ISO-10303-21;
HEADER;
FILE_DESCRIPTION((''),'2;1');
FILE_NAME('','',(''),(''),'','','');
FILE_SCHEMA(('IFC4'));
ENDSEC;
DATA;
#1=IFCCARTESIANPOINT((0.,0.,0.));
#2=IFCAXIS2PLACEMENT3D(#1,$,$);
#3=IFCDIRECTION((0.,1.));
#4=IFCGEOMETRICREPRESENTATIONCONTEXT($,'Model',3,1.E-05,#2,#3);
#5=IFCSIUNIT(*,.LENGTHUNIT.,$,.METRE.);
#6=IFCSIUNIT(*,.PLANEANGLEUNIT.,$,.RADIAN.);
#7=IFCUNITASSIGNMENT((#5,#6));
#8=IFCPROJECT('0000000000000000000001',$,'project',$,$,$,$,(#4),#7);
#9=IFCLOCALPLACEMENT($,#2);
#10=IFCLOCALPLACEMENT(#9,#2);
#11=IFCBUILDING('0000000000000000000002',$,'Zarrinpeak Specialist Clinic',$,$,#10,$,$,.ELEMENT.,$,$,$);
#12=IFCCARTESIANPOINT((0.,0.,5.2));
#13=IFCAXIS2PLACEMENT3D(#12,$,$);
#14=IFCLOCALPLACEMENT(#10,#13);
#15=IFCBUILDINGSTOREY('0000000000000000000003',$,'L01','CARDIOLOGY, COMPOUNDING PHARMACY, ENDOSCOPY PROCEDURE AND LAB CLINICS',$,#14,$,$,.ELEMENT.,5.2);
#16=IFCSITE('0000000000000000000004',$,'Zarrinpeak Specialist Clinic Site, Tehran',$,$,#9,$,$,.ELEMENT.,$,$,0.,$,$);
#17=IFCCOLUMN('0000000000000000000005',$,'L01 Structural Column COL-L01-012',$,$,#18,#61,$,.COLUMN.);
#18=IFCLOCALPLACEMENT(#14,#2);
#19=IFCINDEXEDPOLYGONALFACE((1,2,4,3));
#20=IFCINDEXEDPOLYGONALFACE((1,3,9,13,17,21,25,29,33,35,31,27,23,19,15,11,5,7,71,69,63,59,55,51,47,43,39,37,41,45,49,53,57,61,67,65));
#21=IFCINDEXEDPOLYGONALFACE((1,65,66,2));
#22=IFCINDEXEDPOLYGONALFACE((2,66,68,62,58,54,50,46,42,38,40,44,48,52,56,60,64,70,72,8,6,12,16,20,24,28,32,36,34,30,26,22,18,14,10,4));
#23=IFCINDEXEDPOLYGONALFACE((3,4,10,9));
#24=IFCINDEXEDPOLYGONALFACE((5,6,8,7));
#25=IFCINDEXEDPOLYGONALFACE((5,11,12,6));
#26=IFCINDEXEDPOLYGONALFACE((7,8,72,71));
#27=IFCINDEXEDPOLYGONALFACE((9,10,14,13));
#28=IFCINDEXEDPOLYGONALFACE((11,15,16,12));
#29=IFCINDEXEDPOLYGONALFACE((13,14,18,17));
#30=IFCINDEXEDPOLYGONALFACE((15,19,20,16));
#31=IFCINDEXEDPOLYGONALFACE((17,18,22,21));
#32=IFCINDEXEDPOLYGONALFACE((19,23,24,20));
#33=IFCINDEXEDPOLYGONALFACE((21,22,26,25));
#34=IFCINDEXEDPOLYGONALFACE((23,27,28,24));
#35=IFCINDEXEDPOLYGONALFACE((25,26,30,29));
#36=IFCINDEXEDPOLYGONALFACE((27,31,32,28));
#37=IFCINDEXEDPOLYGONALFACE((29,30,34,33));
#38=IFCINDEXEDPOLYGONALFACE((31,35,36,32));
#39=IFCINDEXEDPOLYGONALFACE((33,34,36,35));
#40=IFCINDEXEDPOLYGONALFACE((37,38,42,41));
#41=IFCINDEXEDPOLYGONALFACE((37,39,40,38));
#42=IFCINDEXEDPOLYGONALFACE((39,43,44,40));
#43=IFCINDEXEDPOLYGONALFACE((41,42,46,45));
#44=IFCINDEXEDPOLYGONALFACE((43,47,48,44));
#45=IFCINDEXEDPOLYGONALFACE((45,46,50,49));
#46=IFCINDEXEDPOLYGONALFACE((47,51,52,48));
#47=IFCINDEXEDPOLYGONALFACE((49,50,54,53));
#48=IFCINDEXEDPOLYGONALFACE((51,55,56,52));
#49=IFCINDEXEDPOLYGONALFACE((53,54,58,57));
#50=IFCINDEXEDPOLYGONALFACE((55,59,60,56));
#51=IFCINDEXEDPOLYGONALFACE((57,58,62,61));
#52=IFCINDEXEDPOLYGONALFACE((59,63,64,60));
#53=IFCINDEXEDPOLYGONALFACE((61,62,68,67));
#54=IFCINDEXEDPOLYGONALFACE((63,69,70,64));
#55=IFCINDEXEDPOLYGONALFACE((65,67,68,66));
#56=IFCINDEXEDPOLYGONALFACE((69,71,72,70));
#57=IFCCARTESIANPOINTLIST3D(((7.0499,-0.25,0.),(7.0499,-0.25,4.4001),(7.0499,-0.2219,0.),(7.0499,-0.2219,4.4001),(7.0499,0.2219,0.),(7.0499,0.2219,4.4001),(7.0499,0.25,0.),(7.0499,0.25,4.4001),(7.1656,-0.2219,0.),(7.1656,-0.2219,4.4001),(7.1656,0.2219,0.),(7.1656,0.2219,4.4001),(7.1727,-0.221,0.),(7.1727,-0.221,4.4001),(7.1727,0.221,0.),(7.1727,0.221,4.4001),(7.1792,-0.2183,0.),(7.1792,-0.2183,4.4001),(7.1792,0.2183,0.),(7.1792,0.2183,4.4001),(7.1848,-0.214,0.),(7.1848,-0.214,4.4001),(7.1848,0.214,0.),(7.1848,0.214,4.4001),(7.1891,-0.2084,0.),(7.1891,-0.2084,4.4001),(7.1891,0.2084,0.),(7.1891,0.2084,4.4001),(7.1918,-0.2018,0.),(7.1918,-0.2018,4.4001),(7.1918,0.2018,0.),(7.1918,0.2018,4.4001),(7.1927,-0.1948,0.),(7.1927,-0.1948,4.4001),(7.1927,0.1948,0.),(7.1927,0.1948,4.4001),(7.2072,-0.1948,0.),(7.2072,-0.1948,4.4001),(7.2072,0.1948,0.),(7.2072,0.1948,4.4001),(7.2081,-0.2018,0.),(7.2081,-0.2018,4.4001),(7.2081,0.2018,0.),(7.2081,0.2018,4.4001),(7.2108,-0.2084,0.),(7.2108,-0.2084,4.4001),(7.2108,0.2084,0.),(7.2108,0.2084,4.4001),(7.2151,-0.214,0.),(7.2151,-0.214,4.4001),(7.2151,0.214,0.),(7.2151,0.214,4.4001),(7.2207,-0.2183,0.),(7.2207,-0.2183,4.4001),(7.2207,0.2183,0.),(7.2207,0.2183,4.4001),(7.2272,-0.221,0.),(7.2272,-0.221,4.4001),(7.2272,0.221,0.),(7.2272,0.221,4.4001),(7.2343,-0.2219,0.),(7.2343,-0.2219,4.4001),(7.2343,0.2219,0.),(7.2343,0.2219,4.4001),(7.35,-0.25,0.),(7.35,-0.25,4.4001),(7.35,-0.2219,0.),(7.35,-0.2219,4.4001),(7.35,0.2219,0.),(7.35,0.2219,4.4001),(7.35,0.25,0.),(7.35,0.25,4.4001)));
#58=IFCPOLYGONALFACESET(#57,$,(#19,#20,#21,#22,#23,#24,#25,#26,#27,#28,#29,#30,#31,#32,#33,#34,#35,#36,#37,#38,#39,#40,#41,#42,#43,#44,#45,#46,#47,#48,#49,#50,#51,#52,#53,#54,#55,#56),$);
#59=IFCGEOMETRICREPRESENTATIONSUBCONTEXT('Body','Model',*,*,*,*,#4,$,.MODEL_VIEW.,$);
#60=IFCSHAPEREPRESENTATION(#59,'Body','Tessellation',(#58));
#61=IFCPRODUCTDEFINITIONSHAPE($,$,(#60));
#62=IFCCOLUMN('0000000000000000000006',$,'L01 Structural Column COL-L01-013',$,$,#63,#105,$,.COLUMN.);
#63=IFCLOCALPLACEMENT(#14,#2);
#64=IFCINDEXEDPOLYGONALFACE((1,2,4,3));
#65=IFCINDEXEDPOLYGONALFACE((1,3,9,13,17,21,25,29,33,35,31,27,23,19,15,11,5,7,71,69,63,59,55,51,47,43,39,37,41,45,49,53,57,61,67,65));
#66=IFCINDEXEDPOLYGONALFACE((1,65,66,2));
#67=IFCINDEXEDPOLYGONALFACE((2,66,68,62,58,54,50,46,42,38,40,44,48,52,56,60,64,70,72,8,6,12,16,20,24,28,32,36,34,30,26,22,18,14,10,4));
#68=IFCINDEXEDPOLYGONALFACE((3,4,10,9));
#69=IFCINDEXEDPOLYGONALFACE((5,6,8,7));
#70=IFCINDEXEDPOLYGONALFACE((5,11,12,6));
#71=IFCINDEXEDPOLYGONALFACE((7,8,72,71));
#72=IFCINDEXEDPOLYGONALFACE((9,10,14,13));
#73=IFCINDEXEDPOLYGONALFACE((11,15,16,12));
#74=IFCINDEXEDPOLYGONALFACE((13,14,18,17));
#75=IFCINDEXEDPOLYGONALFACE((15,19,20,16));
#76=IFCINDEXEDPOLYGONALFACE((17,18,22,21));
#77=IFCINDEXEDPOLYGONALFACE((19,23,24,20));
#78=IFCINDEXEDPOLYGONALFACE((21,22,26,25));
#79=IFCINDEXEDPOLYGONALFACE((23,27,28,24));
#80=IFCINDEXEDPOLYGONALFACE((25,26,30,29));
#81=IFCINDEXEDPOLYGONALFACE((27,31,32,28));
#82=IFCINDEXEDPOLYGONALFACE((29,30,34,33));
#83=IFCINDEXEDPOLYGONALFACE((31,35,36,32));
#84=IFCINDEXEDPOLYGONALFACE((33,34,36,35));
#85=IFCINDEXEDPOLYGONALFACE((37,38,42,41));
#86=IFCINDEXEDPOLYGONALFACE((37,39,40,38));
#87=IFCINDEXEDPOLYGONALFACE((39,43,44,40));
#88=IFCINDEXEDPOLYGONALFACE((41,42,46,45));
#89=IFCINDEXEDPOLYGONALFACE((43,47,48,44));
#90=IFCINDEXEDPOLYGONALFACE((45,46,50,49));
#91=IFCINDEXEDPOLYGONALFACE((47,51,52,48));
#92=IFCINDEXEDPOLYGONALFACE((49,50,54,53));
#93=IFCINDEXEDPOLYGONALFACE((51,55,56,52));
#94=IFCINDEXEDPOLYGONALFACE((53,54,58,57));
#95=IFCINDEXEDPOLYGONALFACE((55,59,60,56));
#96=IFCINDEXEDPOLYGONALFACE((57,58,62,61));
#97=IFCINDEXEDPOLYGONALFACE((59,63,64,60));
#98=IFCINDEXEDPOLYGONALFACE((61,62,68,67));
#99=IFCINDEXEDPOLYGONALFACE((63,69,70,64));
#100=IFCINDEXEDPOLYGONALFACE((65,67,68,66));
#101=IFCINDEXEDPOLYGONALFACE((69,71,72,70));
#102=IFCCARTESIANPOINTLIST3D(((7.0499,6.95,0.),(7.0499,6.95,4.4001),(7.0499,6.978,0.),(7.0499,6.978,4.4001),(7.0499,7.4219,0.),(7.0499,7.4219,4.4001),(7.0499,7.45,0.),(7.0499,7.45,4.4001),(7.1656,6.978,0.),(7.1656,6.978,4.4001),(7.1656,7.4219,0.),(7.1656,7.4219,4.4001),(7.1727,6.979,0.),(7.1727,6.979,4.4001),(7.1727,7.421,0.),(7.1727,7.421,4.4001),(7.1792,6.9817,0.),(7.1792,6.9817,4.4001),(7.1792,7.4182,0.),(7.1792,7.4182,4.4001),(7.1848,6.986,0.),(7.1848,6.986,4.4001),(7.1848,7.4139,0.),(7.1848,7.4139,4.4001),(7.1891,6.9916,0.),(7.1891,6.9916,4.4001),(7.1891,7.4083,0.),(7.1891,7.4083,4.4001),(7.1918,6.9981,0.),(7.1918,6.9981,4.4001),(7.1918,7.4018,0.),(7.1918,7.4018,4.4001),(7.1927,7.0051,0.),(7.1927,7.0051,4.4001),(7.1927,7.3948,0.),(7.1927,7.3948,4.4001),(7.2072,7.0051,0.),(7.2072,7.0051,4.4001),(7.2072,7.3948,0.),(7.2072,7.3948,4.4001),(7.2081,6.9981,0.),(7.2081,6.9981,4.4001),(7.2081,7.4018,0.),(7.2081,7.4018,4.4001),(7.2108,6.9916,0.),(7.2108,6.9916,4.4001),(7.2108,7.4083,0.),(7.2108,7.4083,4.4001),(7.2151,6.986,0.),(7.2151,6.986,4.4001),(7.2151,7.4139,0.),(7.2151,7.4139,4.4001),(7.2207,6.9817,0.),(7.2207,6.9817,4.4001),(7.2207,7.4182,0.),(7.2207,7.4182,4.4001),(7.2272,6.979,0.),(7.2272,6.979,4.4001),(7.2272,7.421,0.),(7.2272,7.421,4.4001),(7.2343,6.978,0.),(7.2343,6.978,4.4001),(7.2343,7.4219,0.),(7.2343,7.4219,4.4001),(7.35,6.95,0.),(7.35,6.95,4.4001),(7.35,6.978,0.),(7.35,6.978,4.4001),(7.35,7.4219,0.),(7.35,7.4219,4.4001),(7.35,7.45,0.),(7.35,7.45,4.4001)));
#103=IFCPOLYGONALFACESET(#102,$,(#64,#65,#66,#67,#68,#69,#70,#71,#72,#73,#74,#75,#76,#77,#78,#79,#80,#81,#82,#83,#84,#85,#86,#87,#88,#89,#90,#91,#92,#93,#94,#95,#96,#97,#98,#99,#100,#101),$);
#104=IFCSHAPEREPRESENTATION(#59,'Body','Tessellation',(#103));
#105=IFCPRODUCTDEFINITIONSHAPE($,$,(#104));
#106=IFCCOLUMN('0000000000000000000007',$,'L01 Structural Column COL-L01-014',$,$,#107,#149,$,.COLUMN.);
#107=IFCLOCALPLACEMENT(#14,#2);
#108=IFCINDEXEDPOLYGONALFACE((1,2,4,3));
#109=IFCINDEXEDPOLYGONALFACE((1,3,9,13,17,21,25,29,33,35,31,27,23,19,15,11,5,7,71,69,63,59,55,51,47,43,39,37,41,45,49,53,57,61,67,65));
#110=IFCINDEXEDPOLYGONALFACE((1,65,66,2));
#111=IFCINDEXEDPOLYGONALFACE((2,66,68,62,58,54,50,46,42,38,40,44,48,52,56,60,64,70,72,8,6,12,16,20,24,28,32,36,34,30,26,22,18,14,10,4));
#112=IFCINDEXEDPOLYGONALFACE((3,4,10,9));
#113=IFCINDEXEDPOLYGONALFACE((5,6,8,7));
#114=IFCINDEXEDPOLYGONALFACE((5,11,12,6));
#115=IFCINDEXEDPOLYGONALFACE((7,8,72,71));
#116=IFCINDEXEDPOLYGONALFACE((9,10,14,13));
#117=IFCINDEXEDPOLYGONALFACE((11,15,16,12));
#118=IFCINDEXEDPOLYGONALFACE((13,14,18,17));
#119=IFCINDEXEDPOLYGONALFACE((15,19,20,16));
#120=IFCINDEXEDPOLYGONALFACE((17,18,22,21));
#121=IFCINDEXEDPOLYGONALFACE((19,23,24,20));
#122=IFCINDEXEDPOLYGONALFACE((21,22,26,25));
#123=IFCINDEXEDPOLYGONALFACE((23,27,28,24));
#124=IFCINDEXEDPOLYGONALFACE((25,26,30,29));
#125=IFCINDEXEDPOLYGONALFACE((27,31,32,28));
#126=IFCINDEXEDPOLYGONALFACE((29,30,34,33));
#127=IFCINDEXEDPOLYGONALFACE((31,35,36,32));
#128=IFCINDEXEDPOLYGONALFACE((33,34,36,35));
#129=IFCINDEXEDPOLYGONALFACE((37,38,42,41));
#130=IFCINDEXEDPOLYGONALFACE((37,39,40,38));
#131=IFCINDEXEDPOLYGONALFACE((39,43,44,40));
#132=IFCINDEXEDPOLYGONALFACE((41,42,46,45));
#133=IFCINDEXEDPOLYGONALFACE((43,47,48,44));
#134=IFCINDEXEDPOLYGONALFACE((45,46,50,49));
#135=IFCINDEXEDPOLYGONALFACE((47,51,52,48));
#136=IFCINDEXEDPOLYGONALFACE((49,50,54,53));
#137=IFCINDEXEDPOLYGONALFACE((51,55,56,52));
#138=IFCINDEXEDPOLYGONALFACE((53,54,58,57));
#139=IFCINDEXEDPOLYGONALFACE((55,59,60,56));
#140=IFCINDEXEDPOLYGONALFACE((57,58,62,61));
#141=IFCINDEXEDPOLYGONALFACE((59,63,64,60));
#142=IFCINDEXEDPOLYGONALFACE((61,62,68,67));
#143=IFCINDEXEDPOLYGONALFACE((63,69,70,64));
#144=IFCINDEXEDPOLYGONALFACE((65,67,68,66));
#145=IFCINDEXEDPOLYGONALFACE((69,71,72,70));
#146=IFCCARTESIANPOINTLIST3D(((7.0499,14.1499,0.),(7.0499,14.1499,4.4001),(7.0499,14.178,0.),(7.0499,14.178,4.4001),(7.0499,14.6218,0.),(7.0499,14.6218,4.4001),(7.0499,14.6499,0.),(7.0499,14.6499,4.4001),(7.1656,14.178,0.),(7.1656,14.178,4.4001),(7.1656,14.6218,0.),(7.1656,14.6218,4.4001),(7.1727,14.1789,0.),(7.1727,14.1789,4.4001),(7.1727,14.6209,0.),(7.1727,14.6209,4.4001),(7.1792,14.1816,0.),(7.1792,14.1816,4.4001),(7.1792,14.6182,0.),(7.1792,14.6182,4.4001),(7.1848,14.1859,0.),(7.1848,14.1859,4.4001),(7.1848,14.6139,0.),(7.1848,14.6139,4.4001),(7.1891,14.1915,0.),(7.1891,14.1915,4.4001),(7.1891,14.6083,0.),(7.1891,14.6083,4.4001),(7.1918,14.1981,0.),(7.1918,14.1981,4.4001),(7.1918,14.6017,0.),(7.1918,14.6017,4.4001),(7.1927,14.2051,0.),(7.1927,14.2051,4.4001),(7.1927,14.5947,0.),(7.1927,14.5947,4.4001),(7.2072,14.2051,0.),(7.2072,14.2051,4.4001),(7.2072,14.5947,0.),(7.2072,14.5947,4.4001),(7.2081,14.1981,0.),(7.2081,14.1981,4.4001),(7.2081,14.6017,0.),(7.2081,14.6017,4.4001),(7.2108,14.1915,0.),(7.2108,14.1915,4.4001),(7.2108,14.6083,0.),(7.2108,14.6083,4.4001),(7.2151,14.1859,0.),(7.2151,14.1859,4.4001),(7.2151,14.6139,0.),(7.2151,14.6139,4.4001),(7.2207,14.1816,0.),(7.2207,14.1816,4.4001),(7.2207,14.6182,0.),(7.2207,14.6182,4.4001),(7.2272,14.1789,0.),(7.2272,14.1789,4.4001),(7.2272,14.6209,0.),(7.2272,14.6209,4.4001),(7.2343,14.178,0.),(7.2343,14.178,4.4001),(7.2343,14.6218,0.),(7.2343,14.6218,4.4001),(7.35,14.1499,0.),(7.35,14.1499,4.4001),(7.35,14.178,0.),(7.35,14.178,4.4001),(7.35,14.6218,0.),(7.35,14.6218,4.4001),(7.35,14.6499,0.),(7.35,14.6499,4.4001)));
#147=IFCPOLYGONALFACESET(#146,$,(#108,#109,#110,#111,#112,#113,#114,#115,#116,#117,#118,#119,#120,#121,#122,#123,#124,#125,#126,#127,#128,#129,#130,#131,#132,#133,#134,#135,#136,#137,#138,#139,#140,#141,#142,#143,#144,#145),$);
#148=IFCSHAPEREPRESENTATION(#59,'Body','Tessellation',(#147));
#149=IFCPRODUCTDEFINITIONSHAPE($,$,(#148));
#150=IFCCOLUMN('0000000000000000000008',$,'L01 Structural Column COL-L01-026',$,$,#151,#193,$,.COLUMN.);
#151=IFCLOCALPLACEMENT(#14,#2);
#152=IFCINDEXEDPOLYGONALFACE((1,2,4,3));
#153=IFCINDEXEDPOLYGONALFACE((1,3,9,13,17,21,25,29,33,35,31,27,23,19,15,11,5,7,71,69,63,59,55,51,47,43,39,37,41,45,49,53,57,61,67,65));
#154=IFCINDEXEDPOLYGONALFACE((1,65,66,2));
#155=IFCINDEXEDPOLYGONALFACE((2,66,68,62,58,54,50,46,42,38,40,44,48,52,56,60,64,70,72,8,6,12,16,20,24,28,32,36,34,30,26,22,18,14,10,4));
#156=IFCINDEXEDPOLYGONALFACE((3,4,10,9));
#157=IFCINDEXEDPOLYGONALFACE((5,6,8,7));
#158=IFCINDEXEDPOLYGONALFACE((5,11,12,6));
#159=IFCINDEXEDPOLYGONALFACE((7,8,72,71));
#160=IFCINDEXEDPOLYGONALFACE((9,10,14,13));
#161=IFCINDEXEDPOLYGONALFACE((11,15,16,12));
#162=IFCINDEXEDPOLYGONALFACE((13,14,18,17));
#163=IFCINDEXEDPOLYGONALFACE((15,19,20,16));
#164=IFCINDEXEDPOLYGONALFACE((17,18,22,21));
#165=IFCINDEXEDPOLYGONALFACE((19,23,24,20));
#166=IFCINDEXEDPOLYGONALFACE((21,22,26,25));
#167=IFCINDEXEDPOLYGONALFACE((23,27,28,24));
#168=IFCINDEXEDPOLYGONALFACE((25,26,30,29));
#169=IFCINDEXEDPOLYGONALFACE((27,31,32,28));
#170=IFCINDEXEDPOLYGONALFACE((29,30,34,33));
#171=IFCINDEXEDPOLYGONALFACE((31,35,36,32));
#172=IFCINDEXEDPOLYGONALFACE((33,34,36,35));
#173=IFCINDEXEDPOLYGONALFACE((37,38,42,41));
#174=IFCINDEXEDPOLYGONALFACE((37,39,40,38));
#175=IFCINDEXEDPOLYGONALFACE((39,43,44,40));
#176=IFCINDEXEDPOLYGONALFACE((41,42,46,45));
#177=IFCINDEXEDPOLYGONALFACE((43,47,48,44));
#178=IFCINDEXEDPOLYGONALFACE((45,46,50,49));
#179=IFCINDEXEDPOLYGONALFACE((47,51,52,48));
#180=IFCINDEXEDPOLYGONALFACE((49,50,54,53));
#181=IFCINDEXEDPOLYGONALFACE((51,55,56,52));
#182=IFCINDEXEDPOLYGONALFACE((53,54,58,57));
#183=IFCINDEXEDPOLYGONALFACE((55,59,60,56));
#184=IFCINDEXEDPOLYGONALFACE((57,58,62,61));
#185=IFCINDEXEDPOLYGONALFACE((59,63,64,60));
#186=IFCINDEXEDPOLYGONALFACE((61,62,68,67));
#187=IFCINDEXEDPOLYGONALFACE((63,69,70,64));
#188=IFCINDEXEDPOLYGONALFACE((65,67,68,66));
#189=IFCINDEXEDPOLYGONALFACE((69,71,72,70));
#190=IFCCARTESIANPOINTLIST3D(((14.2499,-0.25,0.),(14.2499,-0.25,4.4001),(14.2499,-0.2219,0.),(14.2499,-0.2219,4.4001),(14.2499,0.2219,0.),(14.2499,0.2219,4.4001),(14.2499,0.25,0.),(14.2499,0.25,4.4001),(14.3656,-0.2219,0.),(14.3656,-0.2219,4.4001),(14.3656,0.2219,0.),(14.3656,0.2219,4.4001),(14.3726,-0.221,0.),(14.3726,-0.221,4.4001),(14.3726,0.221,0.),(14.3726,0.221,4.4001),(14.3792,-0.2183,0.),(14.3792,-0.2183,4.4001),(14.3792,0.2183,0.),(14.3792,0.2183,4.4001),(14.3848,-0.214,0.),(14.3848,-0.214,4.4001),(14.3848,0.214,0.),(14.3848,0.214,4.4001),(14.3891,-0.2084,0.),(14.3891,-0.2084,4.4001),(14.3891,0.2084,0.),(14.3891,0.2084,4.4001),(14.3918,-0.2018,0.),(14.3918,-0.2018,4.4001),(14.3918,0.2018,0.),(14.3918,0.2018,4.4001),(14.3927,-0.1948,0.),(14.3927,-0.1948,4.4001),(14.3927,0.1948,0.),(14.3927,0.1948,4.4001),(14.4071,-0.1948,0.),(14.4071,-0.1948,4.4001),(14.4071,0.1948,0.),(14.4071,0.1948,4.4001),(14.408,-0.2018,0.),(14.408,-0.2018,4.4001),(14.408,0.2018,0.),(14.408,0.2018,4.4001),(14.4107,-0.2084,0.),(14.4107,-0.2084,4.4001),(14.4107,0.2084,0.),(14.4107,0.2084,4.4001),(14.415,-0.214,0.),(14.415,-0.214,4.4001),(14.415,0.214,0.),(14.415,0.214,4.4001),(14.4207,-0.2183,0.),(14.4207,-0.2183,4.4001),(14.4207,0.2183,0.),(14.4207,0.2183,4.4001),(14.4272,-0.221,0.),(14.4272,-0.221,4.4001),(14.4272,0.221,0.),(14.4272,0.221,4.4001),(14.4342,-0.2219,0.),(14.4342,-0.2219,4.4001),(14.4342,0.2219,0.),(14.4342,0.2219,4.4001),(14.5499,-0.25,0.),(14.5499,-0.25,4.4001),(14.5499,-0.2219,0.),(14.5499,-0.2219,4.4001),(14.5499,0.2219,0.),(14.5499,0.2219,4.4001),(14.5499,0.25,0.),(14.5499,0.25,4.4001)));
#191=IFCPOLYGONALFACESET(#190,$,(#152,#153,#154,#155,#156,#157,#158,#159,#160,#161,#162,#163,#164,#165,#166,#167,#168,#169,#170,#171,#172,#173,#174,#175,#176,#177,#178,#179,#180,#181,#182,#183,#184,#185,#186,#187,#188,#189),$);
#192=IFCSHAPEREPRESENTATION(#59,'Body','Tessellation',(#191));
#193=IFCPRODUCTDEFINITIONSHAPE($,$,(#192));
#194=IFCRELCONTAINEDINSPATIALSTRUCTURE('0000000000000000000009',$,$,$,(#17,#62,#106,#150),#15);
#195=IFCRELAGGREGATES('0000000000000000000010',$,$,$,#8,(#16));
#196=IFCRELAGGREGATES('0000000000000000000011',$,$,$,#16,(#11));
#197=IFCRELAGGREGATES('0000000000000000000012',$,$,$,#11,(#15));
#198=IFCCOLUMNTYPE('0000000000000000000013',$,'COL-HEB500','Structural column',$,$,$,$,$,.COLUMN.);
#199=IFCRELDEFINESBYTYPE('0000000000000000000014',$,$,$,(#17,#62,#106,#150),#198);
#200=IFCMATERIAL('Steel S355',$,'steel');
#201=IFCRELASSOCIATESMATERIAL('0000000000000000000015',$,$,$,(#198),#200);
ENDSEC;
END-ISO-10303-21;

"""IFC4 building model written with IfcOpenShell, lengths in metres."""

from ifc_helpers import new_model, si_unit, direction, frame, origin, origin_2d, place, context, subcontext, project, spatial, i_section, extrude, material, material_profile, profile_set, type_object, element, save


model = new_model("IFC4")

# Units and contexts
model_context = context("Model", 3, precision=1e-05, world=origin(), true_north=direction((0.0, 1.0)))
body_context = subcontext(model_context, "Body", "Model", "MODEL_VIEW")
ifc_project = project(units=[si_unit("LENGTHUNIT", "METRE"), si_unit("PLANEANGLEUNIT", "RADIAN")], contexts=[model_context])

# Site, building, storey
site_placement = place(None, origin())
site = spatial("IfcSite", under=ifc_project, at=site_placement, Name="Zarrinpeak Specialist Clinic Site, Tehran", CompositionType="ELEMENT", RefElevation=0.0)
building_placement = place(site_placement, origin())
building = spatial("IfcBuilding", under=site, at=building_placement, Name="Zarrinpeak Specialist Clinic", CompositionType="ELEMENT")
storey_placement = place(building_placement, frame((0.0, 0.0, 5.2)))
storey = spatial("IfcBuildingStorey", under=building, at=storey_placement, Name="L01", Description="CARDIOLOGY, COMPOUNDING PHARMACY, ENDOSCOPY PROCEDURE AND LAB CLINICS", CompositionType="ELEMENT", Elevation=5.2)

# Columns
ifc_material_1 = material(Name="Steel S355", Category="steel")
ifc_material_profile_1 = material_profile(ifc_material_1, i_section(OverallWidth=0.3, OverallDepth=0.5, WebThickness=0.0144, FlangeThickness=0.0281, FilletRadius=0.0271, at=origin_2d()), Name="HEB 500")
ifc_profile_set_1 = profile_set([ifc_material_profile_1], Name="Steel S355")
column_type = type_object("IfcColumnType", Name="COL-HEB500", Description="Structural column", PredefinedType="COLUMN", material=ifc_profile_set_1)
for number, where, z_axis, x_axis, name in (
    (1, (7.2, 0.0, 0.0), (0.0, 0.0, 1.0), (1.0, 0.0, 0.0), "L01 Structural Column COL-L01-012"),
    (2, (7.2, 7.2, 0.0), (0.0, 0.0, 1.0), (1.0, 0.0, 0.0), "L01 Structural Column COL-L01-013"),
    (3, (7.2, 14.3999, 0.0), (0.0, 0.0, 1.0), (1.0, 0.0, 0.0), "L01 Structural Column COL-L01-014"),
    (4, (14.3999, 0.0, 0.0), (0.0, 0.0, 1.0), (1.0, 0.0, 0.0), "L01 Structural Column COL-L01-026"),
):
    element("IfcColumn", number, at=place(storey_placement, frame(where, z_axis=z_axis, x_axis=x_axis)), inside=storey, type_object=column_type, Name=name, PredefinedType="COLUMN", context=body_context, shape_type="SweptSolid", body=[
        extrude(i_section(OverallWidth=0.3, OverallDepth=0.5, WebThickness=0.0144, FlangeThickness=0.0281, FilletRadius=0.0271, at=origin_2d()), origin(), (0.0, 0.0, 1.0), 4.4001),
    ])

save(model, "model.ifc")
